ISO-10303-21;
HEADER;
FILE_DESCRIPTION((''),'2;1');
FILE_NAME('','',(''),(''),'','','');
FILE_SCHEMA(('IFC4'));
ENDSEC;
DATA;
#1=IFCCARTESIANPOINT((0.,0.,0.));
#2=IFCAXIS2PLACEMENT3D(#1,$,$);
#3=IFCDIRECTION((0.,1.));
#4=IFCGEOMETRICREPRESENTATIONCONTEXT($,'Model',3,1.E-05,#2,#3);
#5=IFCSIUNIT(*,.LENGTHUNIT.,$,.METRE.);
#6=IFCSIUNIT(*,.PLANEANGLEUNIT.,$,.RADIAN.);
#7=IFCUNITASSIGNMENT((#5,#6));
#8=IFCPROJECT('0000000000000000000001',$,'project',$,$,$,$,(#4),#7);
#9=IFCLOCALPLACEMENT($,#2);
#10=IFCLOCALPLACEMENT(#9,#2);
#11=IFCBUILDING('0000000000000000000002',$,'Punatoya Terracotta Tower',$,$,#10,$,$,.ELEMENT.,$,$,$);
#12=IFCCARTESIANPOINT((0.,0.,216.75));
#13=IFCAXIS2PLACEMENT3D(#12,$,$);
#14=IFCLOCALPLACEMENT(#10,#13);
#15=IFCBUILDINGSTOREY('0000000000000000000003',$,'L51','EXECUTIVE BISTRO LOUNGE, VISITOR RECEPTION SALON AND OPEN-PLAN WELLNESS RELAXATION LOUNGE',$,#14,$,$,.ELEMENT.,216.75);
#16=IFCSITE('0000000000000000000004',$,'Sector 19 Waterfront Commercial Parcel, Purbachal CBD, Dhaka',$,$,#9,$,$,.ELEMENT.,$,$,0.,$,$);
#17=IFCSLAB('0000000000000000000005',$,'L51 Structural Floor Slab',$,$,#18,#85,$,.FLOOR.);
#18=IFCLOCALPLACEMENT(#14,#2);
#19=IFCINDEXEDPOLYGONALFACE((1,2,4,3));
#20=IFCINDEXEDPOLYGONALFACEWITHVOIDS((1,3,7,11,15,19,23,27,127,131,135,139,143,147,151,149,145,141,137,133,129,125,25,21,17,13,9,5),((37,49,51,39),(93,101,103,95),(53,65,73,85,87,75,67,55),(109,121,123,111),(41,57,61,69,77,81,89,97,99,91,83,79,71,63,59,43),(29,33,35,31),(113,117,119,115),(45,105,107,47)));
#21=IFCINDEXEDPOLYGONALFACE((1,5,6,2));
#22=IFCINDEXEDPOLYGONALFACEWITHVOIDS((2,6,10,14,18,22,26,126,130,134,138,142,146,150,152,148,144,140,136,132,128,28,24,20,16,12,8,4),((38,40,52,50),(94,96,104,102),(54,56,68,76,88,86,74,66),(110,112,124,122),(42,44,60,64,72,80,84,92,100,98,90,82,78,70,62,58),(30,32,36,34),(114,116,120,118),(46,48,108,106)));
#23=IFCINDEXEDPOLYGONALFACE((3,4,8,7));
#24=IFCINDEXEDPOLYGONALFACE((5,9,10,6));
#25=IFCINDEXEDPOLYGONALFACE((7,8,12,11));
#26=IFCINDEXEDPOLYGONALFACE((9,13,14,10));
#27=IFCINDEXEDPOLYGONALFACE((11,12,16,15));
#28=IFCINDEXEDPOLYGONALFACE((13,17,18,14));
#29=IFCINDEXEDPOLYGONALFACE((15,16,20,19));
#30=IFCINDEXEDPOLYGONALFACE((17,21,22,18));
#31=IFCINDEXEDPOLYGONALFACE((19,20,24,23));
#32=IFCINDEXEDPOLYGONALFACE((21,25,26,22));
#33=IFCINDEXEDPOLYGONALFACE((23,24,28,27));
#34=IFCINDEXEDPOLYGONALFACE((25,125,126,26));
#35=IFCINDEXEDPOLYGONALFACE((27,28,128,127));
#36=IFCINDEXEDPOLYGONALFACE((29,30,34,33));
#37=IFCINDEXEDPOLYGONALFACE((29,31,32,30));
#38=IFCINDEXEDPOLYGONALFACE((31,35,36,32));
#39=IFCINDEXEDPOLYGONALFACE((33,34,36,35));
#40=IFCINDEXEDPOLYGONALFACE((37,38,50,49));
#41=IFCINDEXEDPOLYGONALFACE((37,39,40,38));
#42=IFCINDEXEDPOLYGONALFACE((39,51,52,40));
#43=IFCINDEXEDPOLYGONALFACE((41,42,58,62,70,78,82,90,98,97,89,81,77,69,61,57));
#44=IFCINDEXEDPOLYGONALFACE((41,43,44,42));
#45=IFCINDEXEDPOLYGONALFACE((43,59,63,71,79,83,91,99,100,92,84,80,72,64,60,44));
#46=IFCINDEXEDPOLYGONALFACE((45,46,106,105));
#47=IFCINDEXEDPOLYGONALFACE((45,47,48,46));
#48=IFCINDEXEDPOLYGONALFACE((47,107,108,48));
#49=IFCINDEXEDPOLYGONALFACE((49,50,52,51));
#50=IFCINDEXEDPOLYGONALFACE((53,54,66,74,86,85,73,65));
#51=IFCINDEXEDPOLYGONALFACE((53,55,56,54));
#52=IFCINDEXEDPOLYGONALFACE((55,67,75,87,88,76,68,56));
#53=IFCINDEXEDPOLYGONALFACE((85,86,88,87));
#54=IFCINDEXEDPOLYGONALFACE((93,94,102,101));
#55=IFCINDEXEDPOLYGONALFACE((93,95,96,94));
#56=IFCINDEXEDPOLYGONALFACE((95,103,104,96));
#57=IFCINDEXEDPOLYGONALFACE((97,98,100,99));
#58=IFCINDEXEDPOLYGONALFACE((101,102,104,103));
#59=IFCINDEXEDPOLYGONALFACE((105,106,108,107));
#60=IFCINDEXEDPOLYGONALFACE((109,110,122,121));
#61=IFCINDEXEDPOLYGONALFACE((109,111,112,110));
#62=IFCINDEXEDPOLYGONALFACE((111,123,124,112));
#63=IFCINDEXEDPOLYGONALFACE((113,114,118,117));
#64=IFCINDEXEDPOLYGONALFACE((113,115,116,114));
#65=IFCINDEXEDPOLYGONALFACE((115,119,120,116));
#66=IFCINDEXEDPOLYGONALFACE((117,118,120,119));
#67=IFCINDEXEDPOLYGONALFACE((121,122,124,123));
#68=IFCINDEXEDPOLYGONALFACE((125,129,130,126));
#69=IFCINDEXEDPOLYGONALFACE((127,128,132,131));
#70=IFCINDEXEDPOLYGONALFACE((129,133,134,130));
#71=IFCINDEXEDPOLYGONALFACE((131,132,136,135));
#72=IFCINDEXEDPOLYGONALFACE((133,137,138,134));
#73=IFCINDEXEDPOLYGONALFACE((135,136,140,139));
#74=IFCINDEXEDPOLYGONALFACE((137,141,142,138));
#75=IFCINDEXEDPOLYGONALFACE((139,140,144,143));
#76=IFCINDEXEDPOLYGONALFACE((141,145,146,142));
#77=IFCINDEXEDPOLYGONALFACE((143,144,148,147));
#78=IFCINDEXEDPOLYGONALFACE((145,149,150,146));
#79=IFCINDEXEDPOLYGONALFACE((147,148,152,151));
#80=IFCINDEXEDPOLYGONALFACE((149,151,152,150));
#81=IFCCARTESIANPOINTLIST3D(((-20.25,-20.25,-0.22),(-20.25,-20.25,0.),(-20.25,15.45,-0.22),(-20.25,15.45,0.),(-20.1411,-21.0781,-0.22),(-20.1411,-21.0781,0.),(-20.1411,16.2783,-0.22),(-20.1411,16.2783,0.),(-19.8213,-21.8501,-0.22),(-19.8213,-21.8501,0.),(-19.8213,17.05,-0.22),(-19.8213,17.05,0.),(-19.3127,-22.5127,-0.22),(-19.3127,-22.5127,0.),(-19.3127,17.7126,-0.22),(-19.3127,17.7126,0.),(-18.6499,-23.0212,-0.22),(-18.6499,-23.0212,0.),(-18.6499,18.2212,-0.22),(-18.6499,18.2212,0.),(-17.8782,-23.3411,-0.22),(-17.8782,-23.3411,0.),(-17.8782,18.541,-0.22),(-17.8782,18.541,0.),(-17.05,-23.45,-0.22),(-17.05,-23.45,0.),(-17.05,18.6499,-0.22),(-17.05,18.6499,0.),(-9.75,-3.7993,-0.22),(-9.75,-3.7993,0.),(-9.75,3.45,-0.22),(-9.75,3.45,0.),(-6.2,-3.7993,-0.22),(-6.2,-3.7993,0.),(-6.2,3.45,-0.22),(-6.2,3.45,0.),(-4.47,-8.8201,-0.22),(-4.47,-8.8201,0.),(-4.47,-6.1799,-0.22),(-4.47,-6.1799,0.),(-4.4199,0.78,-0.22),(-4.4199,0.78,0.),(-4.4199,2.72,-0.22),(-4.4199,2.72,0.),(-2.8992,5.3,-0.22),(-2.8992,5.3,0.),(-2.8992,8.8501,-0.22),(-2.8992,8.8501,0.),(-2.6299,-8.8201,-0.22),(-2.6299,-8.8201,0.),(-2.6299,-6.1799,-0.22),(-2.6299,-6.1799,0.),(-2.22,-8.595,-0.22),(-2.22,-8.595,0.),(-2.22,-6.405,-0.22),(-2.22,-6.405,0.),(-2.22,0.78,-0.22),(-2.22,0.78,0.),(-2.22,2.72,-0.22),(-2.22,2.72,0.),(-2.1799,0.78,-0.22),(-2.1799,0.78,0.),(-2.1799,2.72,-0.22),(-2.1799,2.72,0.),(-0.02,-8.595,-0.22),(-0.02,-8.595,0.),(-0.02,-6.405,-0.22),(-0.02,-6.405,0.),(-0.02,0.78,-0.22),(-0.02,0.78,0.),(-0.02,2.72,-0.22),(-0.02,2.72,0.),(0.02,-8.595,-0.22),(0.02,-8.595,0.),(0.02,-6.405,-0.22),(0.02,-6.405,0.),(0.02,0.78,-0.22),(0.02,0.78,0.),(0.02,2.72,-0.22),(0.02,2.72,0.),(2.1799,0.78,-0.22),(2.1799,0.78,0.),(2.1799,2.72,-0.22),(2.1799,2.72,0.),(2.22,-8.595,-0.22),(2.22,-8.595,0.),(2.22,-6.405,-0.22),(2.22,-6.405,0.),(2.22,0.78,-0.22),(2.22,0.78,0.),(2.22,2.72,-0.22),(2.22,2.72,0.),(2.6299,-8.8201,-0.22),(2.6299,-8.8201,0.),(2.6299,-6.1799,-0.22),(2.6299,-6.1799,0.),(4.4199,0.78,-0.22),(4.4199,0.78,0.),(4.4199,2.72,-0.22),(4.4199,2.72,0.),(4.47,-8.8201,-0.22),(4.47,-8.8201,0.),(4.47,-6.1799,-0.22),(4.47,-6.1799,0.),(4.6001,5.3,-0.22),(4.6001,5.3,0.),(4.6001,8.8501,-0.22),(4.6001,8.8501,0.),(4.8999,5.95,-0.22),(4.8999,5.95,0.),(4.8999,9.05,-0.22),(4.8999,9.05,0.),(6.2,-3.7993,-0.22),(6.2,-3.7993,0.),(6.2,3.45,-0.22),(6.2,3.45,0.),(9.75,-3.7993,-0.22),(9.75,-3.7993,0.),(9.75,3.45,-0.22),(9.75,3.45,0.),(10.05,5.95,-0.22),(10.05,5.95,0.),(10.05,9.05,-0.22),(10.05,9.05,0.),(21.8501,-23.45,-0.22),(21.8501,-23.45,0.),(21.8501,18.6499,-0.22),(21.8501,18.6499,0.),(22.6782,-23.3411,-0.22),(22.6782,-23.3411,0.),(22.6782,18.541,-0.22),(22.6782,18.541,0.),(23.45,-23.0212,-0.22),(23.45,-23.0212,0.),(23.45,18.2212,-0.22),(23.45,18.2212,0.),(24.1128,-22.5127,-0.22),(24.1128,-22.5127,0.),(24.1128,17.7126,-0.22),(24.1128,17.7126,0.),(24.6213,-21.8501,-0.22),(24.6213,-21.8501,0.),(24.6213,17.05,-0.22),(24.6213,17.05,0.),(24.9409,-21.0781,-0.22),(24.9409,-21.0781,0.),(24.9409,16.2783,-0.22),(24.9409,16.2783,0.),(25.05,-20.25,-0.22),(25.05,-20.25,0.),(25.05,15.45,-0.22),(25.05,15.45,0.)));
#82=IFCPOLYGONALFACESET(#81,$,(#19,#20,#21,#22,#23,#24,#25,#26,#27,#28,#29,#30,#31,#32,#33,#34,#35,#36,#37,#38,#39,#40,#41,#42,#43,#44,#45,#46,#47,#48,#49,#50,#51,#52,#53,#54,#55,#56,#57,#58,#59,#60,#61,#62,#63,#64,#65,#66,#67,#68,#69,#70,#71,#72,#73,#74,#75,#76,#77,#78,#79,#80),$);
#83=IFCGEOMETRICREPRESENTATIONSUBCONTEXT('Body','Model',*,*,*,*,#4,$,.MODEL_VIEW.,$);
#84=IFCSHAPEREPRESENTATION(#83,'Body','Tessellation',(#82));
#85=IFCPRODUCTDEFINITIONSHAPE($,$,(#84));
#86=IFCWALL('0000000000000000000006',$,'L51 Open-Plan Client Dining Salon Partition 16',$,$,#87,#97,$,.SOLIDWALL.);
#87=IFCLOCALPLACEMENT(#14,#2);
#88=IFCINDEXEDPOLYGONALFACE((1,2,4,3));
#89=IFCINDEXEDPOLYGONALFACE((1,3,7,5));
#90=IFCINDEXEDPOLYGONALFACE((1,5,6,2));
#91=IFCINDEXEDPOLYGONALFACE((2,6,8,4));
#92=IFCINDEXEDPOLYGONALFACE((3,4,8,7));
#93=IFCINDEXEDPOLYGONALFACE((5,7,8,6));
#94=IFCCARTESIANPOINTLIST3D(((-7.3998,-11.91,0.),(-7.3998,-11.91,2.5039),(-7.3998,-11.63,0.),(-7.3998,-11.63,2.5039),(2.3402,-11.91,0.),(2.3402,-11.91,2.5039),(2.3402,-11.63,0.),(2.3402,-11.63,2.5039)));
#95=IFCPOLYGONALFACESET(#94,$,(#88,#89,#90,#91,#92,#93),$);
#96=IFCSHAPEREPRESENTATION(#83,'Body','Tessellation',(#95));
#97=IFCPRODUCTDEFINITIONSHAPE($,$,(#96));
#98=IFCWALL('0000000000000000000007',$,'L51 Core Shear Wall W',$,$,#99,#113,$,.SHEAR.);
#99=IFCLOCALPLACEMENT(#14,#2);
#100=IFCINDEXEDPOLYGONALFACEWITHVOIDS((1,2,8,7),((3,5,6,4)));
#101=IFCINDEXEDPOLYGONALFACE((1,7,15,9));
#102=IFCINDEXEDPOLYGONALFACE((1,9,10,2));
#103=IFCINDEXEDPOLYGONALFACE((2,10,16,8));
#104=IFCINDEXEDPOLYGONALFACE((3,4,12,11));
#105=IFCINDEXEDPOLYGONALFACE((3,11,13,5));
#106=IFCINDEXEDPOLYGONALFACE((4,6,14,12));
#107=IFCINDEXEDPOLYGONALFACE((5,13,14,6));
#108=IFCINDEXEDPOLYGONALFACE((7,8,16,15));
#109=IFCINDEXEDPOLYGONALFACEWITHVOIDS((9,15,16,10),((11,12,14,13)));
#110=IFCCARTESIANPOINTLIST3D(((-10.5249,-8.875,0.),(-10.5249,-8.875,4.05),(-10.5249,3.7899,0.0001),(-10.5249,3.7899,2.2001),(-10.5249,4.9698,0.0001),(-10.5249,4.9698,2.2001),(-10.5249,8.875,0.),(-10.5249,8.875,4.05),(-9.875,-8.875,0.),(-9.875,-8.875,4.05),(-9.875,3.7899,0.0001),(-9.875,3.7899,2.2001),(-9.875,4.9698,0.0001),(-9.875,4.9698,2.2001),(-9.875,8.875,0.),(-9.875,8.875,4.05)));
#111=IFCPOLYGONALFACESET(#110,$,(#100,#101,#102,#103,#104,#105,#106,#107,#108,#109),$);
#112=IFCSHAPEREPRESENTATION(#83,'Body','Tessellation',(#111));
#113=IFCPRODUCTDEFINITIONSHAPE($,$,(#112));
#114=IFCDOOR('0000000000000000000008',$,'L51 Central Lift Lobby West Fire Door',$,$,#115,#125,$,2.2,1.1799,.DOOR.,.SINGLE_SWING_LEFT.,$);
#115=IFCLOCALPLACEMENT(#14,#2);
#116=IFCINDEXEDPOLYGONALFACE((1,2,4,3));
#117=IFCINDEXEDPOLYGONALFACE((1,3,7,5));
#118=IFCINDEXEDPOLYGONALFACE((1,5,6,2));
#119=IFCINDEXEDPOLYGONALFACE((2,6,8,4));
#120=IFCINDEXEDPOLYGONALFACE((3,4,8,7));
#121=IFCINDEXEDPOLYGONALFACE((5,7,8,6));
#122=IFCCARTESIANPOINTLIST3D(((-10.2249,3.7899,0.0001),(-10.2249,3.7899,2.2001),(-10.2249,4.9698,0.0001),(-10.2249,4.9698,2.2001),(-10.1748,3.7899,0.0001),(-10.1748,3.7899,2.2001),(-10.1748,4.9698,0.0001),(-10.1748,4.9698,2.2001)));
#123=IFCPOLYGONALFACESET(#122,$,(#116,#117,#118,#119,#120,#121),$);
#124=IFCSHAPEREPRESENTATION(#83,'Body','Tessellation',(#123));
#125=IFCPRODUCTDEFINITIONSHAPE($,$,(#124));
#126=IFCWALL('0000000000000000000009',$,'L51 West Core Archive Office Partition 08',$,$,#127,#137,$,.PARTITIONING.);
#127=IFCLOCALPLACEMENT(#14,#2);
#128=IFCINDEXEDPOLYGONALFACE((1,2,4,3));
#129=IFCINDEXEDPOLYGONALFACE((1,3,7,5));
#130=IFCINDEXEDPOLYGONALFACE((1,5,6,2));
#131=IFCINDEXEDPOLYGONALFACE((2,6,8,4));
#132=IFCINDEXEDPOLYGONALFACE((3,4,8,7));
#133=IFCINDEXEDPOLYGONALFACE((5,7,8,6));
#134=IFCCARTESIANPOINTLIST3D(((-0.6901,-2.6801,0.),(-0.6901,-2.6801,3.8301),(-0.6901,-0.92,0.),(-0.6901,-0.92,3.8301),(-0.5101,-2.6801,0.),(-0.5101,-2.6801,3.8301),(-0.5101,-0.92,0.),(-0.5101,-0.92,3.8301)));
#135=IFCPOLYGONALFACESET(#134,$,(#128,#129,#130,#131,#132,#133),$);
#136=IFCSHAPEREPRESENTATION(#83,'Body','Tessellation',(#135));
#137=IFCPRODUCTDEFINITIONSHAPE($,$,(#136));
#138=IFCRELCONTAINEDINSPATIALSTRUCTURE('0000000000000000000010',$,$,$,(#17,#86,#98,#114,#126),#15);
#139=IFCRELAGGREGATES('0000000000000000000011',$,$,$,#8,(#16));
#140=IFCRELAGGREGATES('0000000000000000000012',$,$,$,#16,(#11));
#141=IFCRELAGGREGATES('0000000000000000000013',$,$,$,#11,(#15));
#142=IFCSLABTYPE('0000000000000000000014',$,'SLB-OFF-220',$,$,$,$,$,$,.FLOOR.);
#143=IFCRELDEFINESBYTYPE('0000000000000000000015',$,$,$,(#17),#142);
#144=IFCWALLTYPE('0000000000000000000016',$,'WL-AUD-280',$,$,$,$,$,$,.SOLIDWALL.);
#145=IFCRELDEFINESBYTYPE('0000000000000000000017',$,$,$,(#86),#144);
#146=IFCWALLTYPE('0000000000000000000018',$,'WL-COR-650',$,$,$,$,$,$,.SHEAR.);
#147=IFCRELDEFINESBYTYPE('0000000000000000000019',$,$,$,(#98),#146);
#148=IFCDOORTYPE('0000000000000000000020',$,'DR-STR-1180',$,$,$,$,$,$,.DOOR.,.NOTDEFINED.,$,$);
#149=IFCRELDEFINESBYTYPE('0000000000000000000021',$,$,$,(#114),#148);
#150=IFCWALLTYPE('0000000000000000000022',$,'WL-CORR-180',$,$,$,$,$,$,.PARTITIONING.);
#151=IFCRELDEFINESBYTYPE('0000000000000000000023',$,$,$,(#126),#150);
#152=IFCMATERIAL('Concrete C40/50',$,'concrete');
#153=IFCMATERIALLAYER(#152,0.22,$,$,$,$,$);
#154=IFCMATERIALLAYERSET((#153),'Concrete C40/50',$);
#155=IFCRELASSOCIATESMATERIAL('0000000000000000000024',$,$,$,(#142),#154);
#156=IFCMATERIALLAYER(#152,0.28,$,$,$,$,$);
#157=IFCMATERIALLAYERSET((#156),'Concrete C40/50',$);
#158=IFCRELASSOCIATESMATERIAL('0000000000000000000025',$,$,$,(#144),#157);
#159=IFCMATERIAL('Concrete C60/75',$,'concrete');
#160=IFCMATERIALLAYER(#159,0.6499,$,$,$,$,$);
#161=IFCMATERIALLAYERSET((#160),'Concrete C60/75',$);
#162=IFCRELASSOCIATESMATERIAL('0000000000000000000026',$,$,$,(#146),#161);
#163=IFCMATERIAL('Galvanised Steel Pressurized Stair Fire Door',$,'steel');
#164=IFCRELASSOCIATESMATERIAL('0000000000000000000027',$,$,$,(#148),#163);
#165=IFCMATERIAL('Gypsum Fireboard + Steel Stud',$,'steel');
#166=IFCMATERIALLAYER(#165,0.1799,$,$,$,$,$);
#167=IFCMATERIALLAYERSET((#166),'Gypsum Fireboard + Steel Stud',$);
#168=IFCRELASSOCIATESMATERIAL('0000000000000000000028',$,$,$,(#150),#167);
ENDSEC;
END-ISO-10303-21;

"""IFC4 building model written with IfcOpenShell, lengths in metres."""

from ifc_helpers import new_model, si_unit, direction, frame, frame_2d, origin, place, context, subcontext, project, spatial, polyline, rectangle, outline, extrude, material, layer, layer_set, type_object, element, fill, save


model = new_model("IFC4")

# Units and contexts
model_context = context("Model", 3, precision=1e-05, world=origin(), true_north=direction((0.0, 1.0)))
body_context = subcontext(model_context, "Body", "Model", "MODEL_VIEW")
ifc_project = project(units=[si_unit("LENGTHUNIT", "METRE"), si_unit("PLANEANGLEUNIT", "RADIAN")], contexts=[model_context])

# Site, building, storey
site_placement = place(None, origin())
site = spatial("IfcSite", under=ifc_project, at=site_placement, Name="Sector 19 Waterfront Commercial Parcel, Purbachal CBD, Dhaka", CompositionType="ELEMENT", RefElevation=0.0)
building_placement = place(site_placement, origin())
building = spatial("IfcBuilding", under=site, at=building_placement, Name="Punatoya Terracotta Tower", CompositionType="ELEMENT")
storey_placement = place(building_placement, frame((0.0, 0.0, 216.75)))
storey = spatial("IfcBuildingStorey", under=building, at=storey_placement, Name="L51", Description="EXECUTIVE BISTRO LOUNGE, VISITOR RECEPTION SALON AND OPEN-PLAN WELLNESS RELAXATION LOUNGE", CompositionType="ELEMENT", Elevation=216.75)

# Shared definitions
ifc_material_1 = material(Name="Concrete C60/75", Category="concrete")

# Slab
ifc_material_2 = material(Name="Concrete C40/50", Category="concrete")
ifc_layer_1 = layer(ifc_material_2, 0.22)
ifc_layer_set_1 = layer_set([ifc_layer_1], Name="Concrete C40/50")
slab_type = type_object("IfcSlabType", Name="SLB-OFF-220", PredefinedType="FLOOR", material=ifc_layer_set_1)
slab_placement = place(storey_placement, frame((0.0, 0.0, -0.22)))
element("IfcSlab", 1, at=slab_placement, inside=storey, type_object=slab_type, Name="L51 Structural Floor Slab", PredefinedType="FLOOR", context=body_context, shape_type="SweptSolid", body=[
    extrude(outline(polyline([(-17.05, -23.45), (-17.8782, -23.3411), (-18.6499, -23.0212), (-19.3127, -22.5127), (-19.8213, -21.8501), (-20.1411, -21.0781), (-20.25, -20.25), (-20.25, 15.45), (-20.1411, 16.2783), (-19.8213, 17.05), (-19.3127, 17.7126), (-18.6499, 18.2212), (-17.8782, 18.541), (-17.05, 18.6499), (21.8501, 18.6499), (22.6782, 18.541), (23.45, 18.2212), (24.1128, 17.7126), (24.6213, 17.05), (24.9409, 16.2783), (25.05, 15.45), (25.05, -20.25), (24.9409, -21.0781), (24.6213, -21.8501), (24.1128, -22.5127), (23.45, -23.0212), (22.6782, -23.3411), (21.8501, -23.45), (-17.05, -23.45)]), holes=[polyline([(-2.6299, -6.1799), (-4.47, -6.1799), (-4.47, -8.8201), (-2.6299, -8.8201), (-2.6299, -6.1799)]), polyline([(0.02, -8.595), (2.22, -8.595), (2.22, -6.405), (0.02, -6.405), (-0.02, -6.405), (-2.22, -6.405), (-2.22, -8.595), (-0.02, -8.595), (0.02, -8.595)]), polyline([(-6.2, 3.45), (-9.75, 3.45), (-9.75, -3.7993), (-6.2, -3.7993), (-6.2, 3.45)]), polyline([(-4.4199, 2.72), (-4.4199, 0.78), (-2.22, 0.78), (-2.1799, 0.78), (-0.02, 0.78), (0.02, 0.78), (2.1799, 0.78), (2.22, 0.78), (4.4199, 0.78), (4.4199, 2.72), (2.22, 2.72), (2.1799, 2.72), (0.02, 2.72), (-0.02, 2.72), (-2.1799, 2.72), (-2.22, 2.72), (-4.4199, 2.72)]), polyline([(4.6001, 5.3), (4.6001, 8.8501), (-2.8992, 8.8501), (-2.8992, 5.3), (4.6001, 5.3)]), polyline([(4.47, -8.8201), (4.47, -6.1799), (2.6299, -6.1799), (2.6299, -8.8201), (4.47, -8.8201)]), polyline([(9.75, 3.45), (6.2, 3.45), (6.2, -3.7993), (9.75, -3.7993), (9.75, 3.45)]), polyline([(10.05, 5.95), (10.05, 9.05), (4.8999, 9.05), (4.8999, 5.95), (10.05, 5.95)])]), origin(), (0.0, 0.0, 1.0), 0.22),
])

# Wall
ifc_layer_2 = layer(ifc_material_2, 0.28)
ifc_layer_set_2 = layer_set([ifc_layer_2], Name="Concrete C40/50")
wall_type_1 = type_object("IfcWallType", Name="WL-AUD-280", PredefinedType="SOLIDWALL", material=ifc_layer_set_2)
wall_1_placement = place(storey_placement, frame((-7.3999, -11.77, 0.0), z_axis=(0.0, 0.0, 1.0), x_axis=(1.0, 0.0, 0.0)))
element("IfcWall", 2, at=wall_1_placement, inside=storey, type_object=wall_type_1, Name="L51 Open-Plan Client Dining Salon Partition 16", PredefinedType="SOLIDWALL", context=body_context, shape_type="SweptSolid", body=[
    extrude(rectangle(XDim=9.74, YDim=0.28, at=frame_2d((4.8701, 0.0))), origin(), (0.0, 0.0, 1.0), 2.5039),
])

# Wall, opening, door
ifc_layer_3 = layer(ifc_material_1, 0.6499)
ifc_layer_set_3 = layer_set([ifc_layer_3], Name="Concrete C60/75")
wall_type_2 = type_object("IfcWallType", Name="WL-COR-650", PredefinedType="SHEAR", material=ifc_layer_set_3)
wall_2_placement = place(storey_placement, frame((-10.2, -8.875, 0.0), z_axis=(0.0, 0.0, 1.0), x_axis=(0.0, 1.0, 0.0)))
wall_2 = element("IfcWall", 3, at=wall_2_placement, inside=storey, type_object=wall_type_2, Name="L51 Core Shear Wall W", PredefinedType="SHEAR", context=body_context, shape_type="SweptSolid", body=[
    extrude(rectangle(XDim=17.75, YDim=0.6499, at=frame_2d((8.875, 0.0))), origin(), (0.0, 0.0, 1.0), 4.05),
])
opening_1_placement = place(wall_2_placement, frame((12.665, 0.0, 0.0)))
opening_1 = element("IfcOpeningElement", 4, at=opening_1_placement, cuts=wall_2, PredefinedType="OPENING", context=body_context, shape_type="SweptSolid", body=[
    extrude(rectangle(XDim=1.1799, YDim=2.2, at=frame_2d((0.5898, 1.1001))), frame((0.0, 0.335, 0.0), z_axis=(0.0, -1.0, 0.0), x_axis=(1.0, 0.0, 0.0)), (0.0, 0.0, 1.0), 0.6699),
])
ifc_material_3 = material(Name="Galvanised Steel Pressurized Stair Fire Door", Category="steel")
door_type_1 = type_object("IfcDoorType", Name="DR-STR-1180", OperationType="NOTDEFINED", PredefinedType="DOOR", material=ifc_material_3)
door_1_placement = place(opening_1_placement, origin())
door_1 = element("IfcDoor", 5, at=door_1_placement, inside=storey, type_object=door_type_1, Name="L51 Central Lift Lobby West Fire Door", OperationType="SINGLE_SWING_LEFT", OverallHeight=2.2, OverallWidth=1.1799, PredefinedType="DOOR", context=body_context, shape_type="SweptSolid", body=[
    extrude(rectangle(XDim=1.1799, YDim=2.2, at=frame_2d((0.5898, 1.1001))), frame((0.0, 0.0249, 0.0), z_axis=(0.0, -1.0, 0.0), x_axis=(1.0, 0.0, 0.0)), (0.0, 0.0, 1.0), 0.05),
])
fill(opening_1, door_1)

# Wall
ifc_material_4 = material(Name="Gypsum Fireboard + Steel Stud", Category="steel")
ifc_layer_4 = layer(ifc_material_4, 0.1799)
ifc_layer_set_4 = layer_set([ifc_layer_4], Name="Gypsum Fireboard + Steel Stud")
wall_type_3 = type_object("IfcWallType", Name="WL-CORR-180", PredefinedType="PARTITIONING", material=ifc_layer_set_4)
wall_3_placement = place(storey_placement, frame((-0.6001, -2.6799, 0.0), z_axis=(0.0, 0.0, 1.0), x_axis=(0.0, 1.0, 0.0)))
element("IfcWall", 6, at=wall_3_placement, inside=storey, type_object=wall_type_3, Name="L51 West Core Archive Office Partition 08", PredefinedType="PARTITIONING", context=body_context, shape_type="SweptSolid", body=[
    extrude(rectangle(XDim=1.76, YDim=0.1799, at=frame_2d((0.8799, 0.0))), origin(), (0.0, 0.0, 1.0), 3.8301),
])

save(model, "model.ifc")
